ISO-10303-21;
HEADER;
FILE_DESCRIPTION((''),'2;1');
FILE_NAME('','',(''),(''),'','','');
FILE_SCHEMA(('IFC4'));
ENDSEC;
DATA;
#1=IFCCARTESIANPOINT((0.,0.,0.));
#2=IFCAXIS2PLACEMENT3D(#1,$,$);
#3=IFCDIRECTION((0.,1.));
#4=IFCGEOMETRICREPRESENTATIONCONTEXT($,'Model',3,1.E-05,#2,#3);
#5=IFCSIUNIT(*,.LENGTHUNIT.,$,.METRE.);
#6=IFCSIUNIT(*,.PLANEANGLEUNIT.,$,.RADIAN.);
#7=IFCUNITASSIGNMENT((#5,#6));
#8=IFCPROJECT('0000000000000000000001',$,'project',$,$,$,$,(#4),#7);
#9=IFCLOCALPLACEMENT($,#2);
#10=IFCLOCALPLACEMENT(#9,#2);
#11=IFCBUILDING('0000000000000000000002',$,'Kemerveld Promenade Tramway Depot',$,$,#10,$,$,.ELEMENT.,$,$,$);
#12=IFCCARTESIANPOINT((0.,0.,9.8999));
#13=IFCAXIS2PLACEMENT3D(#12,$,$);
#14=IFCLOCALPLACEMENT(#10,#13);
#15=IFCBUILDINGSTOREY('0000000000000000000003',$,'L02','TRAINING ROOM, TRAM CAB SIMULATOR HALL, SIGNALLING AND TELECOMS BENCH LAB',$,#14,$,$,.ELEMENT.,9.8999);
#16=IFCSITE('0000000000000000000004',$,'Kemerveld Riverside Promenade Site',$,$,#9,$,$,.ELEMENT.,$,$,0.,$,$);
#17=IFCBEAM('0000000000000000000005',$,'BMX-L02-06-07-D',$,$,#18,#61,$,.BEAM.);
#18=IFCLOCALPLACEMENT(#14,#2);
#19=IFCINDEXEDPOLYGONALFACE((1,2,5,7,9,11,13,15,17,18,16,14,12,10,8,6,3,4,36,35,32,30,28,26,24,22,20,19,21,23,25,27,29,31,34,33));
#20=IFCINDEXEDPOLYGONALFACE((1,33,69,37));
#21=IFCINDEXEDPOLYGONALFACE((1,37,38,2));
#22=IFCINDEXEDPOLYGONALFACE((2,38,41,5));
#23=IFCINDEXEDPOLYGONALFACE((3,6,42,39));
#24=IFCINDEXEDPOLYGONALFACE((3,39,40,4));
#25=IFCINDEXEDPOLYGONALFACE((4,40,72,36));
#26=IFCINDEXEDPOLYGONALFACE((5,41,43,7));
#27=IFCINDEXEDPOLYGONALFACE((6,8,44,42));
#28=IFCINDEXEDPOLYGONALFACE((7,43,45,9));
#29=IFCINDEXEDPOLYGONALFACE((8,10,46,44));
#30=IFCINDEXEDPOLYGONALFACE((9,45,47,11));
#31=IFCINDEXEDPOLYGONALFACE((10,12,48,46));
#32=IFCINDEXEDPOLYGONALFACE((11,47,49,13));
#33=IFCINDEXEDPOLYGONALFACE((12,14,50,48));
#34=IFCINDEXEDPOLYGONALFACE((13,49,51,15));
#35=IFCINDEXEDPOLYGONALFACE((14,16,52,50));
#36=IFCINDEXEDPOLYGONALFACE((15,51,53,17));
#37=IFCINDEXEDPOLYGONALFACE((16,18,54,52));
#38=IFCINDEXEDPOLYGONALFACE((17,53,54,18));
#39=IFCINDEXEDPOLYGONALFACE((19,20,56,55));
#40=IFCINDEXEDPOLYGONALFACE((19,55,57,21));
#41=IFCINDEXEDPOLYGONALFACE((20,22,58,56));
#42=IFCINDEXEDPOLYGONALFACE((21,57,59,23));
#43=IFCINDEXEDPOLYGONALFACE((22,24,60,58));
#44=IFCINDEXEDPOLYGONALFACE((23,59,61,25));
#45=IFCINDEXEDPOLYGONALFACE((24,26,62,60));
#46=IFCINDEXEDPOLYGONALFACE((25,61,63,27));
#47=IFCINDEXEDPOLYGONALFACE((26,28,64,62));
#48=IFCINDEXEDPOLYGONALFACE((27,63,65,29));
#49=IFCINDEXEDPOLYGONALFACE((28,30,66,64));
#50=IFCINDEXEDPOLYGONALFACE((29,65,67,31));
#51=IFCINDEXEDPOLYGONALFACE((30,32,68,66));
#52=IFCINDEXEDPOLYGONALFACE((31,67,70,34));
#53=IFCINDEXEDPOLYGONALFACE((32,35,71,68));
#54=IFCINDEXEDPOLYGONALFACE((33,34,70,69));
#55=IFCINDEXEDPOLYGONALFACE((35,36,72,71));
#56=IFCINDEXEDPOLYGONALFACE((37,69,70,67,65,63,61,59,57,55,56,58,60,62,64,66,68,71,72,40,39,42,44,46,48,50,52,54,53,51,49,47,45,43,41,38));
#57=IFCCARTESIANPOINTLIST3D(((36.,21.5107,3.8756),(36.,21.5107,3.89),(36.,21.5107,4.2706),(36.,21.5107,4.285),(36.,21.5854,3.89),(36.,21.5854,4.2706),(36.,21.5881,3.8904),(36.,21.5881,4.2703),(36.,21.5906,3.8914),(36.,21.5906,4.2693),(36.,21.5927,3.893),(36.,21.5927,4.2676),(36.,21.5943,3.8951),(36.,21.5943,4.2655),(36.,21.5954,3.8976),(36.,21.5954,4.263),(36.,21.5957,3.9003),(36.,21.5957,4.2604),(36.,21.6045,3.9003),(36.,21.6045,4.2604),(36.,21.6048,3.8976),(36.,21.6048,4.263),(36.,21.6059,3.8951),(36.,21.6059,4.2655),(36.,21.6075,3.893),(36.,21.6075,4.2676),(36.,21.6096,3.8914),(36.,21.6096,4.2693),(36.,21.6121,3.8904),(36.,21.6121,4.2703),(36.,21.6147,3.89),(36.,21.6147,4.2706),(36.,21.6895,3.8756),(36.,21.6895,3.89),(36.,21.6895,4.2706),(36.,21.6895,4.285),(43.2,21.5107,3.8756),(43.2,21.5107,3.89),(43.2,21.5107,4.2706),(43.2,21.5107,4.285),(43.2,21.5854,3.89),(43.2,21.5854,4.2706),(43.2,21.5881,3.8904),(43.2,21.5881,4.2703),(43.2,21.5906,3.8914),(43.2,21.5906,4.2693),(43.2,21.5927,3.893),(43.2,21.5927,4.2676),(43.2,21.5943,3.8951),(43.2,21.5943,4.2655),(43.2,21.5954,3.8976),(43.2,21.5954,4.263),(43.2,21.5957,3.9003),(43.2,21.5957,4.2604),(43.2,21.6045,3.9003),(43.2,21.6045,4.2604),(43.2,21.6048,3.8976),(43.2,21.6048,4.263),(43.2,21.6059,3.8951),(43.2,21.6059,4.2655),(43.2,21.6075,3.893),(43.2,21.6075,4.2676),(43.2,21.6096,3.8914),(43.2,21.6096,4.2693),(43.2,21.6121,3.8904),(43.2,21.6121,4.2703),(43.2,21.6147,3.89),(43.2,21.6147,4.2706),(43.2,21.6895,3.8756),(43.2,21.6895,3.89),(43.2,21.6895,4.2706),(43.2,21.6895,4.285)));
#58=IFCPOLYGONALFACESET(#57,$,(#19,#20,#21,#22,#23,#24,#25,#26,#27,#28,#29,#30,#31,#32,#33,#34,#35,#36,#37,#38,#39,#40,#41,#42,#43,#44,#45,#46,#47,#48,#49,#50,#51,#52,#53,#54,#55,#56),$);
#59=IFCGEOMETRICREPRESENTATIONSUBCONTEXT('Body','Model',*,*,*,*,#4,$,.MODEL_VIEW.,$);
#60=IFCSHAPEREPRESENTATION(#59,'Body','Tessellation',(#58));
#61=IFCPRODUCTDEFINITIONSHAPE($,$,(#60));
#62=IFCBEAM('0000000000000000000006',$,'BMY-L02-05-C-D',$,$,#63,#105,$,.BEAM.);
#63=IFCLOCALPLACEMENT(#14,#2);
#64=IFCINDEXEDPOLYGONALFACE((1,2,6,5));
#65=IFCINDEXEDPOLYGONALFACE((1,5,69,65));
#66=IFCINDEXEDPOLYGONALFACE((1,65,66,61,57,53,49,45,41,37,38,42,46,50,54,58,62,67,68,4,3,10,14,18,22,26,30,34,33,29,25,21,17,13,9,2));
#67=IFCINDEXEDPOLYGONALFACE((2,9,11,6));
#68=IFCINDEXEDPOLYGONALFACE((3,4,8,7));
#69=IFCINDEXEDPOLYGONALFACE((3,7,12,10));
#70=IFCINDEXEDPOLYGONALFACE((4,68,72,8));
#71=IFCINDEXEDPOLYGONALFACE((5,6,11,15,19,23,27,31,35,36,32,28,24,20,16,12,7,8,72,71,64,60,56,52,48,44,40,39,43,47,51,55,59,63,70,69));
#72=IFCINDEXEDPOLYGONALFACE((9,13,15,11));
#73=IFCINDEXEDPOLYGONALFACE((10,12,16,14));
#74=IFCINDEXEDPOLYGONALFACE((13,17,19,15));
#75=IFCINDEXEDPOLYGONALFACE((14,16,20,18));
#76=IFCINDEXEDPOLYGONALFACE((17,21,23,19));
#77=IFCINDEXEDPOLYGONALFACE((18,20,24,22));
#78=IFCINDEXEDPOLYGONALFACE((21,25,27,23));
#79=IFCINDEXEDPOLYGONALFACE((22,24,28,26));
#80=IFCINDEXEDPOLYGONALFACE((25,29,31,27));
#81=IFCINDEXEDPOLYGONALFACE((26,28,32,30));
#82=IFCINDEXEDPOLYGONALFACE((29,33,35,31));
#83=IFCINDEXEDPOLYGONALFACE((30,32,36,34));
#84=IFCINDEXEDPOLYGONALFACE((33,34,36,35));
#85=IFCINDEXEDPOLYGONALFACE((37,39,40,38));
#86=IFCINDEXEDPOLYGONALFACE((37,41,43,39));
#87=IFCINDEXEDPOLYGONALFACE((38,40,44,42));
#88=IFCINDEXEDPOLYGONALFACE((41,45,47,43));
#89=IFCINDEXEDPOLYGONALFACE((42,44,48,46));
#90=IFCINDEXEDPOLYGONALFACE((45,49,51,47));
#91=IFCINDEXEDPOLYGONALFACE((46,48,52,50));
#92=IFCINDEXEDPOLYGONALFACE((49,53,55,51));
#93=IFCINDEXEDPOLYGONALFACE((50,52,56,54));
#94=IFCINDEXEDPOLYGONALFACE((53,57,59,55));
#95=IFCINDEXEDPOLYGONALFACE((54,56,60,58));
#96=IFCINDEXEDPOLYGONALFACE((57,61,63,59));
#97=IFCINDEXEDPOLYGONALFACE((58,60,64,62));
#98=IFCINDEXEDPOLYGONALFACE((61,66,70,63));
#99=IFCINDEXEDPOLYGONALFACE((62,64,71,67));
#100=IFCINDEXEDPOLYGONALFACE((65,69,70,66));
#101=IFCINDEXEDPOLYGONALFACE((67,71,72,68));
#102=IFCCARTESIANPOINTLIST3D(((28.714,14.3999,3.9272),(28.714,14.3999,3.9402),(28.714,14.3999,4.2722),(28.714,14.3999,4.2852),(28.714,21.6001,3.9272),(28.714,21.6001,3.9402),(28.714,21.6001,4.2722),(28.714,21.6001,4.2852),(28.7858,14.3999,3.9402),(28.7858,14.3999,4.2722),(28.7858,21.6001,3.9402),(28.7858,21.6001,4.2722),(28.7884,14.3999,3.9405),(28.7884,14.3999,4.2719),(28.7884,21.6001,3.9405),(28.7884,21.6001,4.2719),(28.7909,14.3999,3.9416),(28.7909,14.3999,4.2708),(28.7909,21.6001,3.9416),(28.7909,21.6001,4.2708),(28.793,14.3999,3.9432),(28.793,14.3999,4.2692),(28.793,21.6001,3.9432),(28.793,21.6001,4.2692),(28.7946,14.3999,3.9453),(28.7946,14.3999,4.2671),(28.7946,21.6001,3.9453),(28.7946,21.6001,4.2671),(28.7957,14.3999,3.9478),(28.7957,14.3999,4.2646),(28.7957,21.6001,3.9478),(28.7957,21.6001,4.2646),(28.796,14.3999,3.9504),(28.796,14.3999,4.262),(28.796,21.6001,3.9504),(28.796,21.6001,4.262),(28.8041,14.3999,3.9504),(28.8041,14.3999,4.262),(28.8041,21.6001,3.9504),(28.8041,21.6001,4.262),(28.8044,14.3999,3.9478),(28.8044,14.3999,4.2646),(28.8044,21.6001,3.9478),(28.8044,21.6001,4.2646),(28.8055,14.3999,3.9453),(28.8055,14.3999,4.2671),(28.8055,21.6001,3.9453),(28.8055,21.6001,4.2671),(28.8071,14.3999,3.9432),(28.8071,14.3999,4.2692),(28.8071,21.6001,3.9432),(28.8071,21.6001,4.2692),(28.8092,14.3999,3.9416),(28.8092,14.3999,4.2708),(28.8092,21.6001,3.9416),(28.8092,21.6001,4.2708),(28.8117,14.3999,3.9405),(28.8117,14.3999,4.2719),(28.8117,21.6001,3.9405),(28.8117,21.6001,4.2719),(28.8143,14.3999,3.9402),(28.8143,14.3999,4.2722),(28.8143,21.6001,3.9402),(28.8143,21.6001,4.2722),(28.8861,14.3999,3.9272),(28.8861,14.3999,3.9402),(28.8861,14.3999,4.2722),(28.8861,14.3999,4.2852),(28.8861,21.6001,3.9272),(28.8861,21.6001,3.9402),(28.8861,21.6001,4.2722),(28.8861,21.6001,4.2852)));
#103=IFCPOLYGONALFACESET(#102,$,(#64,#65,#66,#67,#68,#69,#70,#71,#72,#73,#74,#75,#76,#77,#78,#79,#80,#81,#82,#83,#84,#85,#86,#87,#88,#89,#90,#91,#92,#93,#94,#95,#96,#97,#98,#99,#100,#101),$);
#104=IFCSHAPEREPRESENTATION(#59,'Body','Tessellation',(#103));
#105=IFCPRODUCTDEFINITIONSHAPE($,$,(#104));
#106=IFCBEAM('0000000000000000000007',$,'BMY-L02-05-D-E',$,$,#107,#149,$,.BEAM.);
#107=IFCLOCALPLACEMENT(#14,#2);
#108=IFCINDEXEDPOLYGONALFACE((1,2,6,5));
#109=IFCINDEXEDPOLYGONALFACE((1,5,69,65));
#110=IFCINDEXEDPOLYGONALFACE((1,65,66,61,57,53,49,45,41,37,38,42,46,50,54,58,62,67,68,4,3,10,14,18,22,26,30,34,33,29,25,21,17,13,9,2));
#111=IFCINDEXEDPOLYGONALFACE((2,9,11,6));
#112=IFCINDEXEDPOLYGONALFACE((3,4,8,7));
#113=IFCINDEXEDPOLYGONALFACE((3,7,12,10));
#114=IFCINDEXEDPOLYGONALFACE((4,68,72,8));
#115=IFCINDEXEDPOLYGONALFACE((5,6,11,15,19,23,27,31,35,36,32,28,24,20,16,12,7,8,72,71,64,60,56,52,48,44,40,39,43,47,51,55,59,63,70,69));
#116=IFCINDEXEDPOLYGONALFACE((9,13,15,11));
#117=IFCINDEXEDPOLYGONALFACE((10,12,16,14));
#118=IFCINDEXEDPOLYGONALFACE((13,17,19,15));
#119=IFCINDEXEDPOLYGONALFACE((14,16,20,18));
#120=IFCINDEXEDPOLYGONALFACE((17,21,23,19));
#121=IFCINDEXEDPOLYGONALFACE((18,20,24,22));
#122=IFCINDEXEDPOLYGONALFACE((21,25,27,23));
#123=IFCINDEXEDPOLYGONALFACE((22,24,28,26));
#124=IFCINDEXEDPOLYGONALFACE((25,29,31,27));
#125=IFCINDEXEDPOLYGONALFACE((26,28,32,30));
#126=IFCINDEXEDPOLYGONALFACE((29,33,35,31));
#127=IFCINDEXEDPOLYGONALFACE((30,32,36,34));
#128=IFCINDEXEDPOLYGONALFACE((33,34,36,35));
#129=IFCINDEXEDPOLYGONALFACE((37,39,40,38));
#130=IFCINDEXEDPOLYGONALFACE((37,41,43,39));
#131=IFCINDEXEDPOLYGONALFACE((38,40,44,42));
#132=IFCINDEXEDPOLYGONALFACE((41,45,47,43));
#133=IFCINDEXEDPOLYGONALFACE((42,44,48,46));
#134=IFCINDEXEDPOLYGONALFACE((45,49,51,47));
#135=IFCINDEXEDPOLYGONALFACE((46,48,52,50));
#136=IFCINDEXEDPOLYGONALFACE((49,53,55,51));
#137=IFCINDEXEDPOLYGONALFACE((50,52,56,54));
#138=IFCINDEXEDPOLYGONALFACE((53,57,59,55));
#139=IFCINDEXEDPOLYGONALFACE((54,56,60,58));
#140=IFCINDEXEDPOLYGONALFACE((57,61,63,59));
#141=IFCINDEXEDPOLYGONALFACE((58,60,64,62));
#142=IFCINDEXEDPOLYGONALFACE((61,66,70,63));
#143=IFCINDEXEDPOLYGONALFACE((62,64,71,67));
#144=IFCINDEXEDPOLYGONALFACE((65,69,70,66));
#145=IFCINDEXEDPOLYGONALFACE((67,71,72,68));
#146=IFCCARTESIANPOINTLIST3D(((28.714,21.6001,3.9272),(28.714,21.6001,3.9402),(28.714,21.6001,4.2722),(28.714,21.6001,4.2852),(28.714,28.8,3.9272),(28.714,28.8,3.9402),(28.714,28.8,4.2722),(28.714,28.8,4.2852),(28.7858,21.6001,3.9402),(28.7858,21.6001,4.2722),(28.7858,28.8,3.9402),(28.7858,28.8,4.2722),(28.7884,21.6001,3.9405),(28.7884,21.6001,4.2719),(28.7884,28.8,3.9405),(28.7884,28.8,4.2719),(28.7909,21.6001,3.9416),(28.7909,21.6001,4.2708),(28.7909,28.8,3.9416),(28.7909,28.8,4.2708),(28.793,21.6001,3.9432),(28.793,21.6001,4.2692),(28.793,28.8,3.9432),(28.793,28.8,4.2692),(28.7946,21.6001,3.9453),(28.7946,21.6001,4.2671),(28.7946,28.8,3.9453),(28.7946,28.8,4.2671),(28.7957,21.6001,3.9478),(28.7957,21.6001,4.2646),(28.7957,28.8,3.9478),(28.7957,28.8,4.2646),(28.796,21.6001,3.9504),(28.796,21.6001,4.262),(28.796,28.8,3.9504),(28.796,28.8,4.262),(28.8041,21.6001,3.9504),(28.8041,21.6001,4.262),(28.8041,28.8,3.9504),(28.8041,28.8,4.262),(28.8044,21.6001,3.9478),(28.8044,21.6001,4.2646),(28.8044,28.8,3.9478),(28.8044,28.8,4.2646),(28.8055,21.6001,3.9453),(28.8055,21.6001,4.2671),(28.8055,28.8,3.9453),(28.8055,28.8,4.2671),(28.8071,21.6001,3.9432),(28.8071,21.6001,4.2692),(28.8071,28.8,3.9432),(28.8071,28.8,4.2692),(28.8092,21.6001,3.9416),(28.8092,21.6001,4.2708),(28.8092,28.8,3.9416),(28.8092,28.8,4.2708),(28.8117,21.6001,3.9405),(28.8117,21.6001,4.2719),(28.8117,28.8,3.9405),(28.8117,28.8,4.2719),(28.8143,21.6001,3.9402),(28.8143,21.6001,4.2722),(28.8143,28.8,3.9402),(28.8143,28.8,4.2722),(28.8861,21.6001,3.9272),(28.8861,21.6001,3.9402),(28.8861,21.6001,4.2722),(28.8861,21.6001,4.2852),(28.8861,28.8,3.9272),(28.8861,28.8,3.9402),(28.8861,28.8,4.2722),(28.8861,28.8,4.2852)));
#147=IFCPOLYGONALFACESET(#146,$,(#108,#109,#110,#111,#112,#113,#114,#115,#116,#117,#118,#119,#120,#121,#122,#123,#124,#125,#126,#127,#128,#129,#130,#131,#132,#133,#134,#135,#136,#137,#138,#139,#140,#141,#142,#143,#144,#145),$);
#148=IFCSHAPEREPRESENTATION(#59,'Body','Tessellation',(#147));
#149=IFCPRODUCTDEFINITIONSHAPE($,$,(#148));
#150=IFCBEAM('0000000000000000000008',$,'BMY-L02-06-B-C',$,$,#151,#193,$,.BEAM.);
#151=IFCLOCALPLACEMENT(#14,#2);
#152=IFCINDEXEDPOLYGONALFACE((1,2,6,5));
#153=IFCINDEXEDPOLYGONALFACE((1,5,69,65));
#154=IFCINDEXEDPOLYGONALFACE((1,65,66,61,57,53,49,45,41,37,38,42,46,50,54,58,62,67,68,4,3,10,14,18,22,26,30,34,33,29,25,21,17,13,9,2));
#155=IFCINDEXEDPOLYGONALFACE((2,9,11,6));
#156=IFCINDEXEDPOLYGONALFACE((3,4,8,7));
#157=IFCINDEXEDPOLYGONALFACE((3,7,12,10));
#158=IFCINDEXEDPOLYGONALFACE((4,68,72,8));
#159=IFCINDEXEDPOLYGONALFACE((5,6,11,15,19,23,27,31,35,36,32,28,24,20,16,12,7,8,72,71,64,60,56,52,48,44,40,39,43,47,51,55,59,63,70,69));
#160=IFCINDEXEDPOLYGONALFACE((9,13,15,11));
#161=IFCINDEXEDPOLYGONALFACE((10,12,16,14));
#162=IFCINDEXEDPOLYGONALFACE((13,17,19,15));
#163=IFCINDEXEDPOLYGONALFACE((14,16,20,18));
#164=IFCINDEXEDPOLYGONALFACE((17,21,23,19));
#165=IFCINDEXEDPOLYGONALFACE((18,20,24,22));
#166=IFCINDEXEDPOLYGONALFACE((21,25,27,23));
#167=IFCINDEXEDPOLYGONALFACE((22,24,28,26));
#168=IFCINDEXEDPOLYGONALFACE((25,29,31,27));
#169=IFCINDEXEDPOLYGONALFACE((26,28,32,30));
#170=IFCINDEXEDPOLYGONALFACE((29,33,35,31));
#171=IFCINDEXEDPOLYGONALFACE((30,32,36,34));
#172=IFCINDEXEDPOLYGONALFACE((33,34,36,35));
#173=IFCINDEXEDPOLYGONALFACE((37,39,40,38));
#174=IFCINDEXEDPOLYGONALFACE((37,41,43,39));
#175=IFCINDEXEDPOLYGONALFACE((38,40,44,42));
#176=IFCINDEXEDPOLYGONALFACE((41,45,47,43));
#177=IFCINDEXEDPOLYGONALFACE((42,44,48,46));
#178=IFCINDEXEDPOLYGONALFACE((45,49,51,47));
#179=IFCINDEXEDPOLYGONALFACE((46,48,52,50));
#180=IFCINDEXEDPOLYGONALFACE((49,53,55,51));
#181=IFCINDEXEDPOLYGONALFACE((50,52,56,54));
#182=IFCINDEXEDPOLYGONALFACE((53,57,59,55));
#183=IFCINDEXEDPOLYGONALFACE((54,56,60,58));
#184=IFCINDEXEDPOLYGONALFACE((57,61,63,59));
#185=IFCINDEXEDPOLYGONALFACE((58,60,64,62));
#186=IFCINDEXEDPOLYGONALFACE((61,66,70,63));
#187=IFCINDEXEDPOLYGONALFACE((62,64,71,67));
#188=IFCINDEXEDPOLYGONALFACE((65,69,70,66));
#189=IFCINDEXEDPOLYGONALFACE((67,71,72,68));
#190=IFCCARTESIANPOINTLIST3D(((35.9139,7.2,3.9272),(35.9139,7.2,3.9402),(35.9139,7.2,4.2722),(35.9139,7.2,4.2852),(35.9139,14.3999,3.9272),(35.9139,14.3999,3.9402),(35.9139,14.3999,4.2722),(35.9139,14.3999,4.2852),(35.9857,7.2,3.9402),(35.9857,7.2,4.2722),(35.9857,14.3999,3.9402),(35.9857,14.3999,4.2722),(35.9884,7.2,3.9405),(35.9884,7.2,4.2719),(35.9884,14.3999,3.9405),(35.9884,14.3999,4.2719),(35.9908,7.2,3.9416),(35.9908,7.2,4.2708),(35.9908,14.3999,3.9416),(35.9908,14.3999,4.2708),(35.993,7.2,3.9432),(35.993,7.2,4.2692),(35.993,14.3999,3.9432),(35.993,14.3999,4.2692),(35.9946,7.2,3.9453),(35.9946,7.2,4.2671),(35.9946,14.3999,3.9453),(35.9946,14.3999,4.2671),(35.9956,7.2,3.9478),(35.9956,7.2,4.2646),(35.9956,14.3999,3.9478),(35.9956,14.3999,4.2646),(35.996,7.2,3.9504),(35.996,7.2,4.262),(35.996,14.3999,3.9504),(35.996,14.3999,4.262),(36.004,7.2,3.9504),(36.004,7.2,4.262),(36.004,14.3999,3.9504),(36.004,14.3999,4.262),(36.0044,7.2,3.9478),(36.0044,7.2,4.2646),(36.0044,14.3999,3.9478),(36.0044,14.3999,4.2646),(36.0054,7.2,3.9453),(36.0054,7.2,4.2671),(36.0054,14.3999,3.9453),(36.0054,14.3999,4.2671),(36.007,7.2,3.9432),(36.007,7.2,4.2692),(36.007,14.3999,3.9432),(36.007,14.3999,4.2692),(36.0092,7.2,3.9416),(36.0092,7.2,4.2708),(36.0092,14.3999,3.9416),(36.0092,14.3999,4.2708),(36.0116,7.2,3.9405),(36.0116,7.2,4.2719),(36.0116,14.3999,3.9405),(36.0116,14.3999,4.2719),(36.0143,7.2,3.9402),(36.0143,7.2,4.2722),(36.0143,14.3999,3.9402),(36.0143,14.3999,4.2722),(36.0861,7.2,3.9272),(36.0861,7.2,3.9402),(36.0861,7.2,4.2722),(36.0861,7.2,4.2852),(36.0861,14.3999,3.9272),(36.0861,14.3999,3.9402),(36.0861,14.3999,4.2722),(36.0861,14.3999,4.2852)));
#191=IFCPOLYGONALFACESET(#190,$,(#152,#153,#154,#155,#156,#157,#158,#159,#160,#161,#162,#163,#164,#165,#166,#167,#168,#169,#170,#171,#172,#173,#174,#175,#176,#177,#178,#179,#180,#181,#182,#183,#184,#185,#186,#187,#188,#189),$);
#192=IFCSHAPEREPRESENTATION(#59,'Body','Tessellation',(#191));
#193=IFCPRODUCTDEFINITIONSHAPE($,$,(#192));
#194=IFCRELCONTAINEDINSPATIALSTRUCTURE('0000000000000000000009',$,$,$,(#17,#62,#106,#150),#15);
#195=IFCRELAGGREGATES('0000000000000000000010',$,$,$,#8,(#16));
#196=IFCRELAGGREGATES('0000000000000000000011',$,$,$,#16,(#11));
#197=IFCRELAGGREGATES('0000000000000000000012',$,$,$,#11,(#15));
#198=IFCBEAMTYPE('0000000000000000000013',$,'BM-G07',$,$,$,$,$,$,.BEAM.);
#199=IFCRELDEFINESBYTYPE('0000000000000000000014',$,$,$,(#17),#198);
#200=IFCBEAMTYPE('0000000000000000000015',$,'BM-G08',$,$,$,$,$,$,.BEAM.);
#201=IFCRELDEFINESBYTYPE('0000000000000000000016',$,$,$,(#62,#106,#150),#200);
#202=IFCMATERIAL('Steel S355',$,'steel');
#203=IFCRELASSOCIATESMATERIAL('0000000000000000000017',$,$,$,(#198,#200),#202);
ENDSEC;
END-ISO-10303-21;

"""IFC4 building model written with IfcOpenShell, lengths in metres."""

from ifc_helpers import new_model, si_unit, direction, frame, origin, origin_2d, place, context, subcontext, project, spatial, i_section, extrude, material, material_profile, profile_set, type_object, element, save


model = new_model("IFC4")

# Units and contexts
model_context = context("Model", 3, precision=1e-05, world=origin(), true_north=direction((0.0, 1.0)))
body_context = subcontext(model_context, "Body", "Model", "MODEL_VIEW")
ifc_project = project(units=[si_unit("LENGTHUNIT", "METRE"), si_unit("PLANEANGLEUNIT", "RADIAN")], contexts=[model_context])

# Site, building, storey
site_placement = place(None, origin())
site = spatial("IfcSite", under=ifc_project, at=site_placement, Name="Kemerveld Riverside Promenade Site", CompositionType="ELEMENT", RefElevation=0.0)
building_placement = place(site_placement, origin())
building = spatial("IfcBuilding", under=site, at=building_placement, Name="Kemerveld Promenade Tramway Depot", CompositionType="ELEMENT")
storey_placement = place(building_placement, frame((0.0, 0.0, 9.8999)))
storey = spatial("IfcBuildingStorey", under=building, at=storey_placement, Name="L02", Description="TRAINING ROOM, TRAM CAB SIMULATOR HALL, SIGNALLING AND TELECOMS BENCH LAB", CompositionType="ELEMENT", Elevation=9.8999)

# Shared definitions
ifc_material_1 = material(Name="Steel S355", Category="steel")

# Beams
ifc_material_profile_1 = material_profile(ifc_material_1, i_section(OverallWidth=0.1787, OverallDepth=0.4094, WebThickness=0.0088, FlangeThickness=0.0144, FilletRadius=0.0103, at=origin_2d()), Name="406x178x67 UB")
ifc_profile_set_1 = profile_set([ifc_material_profile_1], Name="Steel S355")
beam_type_1 = type_object("IfcBeamType", Name="BM-G07", PredefinedType="BEAM", material=ifc_profile_set_1)
for number, where, z_axis, x_axis, name in (
    (1, (36.0, 21.6001, 4.0803), (1.0, 0.0, 0.0), (0.0, 1.0, 0.0), "BMX-L02-06-07-D"),
):
    element("IfcBeam", number, at=place(storey_placement, frame(where, z_axis=z_axis, x_axis=x_axis)), inside=storey, type_object=beam_type_1, Name=name, PredefinedType="BEAM", context=body_context, shape_type="SweptSolid", body=[
        extrude(i_section(OverallWidth=0.1787, OverallDepth=0.4094, WebThickness=0.0088, FlangeThickness=0.0144, FilletRadius=0.0103, at=origin_2d()), origin(), (0.0, 0.0, 1.0), 7.2),
    ])
ifc_material_profile_2 = material_profile(ifc_material_1, i_section(OverallWidth=0.1721, OverallDepth=0.3579, WebThickness=0.0081, FlangeThickness=0.0129, FilletRadius=0.0103, at=origin_2d()), Name="356x171x57 UB")
ifc_profile_set_2 = profile_set([ifc_material_profile_2], Name="Steel S355")
beam_type_2 = type_object("IfcBeamType", Name="BM-G08", PredefinedType="BEAM", material=ifc_profile_set_2)
beam_1_placement = place(storey_placement, frame((28.8, 14.3999, 4.1062), z_axis=(0.0, 1.0, 0.0), x_axis=(-1.0, 0.0, 0.0)))
element("IfcBeam", 2, at=beam_1_placement, inside=storey, type_object=beam_type_2, Name="BMY-L02-05-C-D", PredefinedType="BEAM", context=body_context, shape_type="SweptSolid", body=[
    extrude(i_section(OverallWidth=0.1721, OverallDepth=0.3579, WebThickness=0.0081, FlangeThickness=0.0129, FilletRadius=0.0103, at=origin_2d()), origin(), (0.0, 0.0, 1.0), 7.2002),
])
for number, where, z_axis, x_axis, name in (
    (3, (28.8, 21.6001, 4.1062), (0.0, 1.0, 0.0), (-1.0, 0.0, 0.0), "BMY-L02-05-D-E"),
    (4, (36.0, 7.2, 4.1062), (0.0, 1.0, 0.0), (-1.0, 0.0, 0.0), "BMY-L02-06-B-C"),
):
    element("IfcBeam", number, at=place(storey_placement, frame(where, z_axis=z_axis, x_axis=x_axis)), inside=storey, type_object=beam_type_2, Name=name, PredefinedType="BEAM", context=body_context, shape_type="SweptSolid", body=[
        extrude(i_section(OverallWidth=0.1721, OverallDepth=0.3579, WebThickness=0.0081, FlangeThickness=0.0129, FilletRadius=0.0103, at=origin_2d()), origin(), (0.0, 0.0, 1.0), 7.2),
    ])

save(model, "model.ifc")
